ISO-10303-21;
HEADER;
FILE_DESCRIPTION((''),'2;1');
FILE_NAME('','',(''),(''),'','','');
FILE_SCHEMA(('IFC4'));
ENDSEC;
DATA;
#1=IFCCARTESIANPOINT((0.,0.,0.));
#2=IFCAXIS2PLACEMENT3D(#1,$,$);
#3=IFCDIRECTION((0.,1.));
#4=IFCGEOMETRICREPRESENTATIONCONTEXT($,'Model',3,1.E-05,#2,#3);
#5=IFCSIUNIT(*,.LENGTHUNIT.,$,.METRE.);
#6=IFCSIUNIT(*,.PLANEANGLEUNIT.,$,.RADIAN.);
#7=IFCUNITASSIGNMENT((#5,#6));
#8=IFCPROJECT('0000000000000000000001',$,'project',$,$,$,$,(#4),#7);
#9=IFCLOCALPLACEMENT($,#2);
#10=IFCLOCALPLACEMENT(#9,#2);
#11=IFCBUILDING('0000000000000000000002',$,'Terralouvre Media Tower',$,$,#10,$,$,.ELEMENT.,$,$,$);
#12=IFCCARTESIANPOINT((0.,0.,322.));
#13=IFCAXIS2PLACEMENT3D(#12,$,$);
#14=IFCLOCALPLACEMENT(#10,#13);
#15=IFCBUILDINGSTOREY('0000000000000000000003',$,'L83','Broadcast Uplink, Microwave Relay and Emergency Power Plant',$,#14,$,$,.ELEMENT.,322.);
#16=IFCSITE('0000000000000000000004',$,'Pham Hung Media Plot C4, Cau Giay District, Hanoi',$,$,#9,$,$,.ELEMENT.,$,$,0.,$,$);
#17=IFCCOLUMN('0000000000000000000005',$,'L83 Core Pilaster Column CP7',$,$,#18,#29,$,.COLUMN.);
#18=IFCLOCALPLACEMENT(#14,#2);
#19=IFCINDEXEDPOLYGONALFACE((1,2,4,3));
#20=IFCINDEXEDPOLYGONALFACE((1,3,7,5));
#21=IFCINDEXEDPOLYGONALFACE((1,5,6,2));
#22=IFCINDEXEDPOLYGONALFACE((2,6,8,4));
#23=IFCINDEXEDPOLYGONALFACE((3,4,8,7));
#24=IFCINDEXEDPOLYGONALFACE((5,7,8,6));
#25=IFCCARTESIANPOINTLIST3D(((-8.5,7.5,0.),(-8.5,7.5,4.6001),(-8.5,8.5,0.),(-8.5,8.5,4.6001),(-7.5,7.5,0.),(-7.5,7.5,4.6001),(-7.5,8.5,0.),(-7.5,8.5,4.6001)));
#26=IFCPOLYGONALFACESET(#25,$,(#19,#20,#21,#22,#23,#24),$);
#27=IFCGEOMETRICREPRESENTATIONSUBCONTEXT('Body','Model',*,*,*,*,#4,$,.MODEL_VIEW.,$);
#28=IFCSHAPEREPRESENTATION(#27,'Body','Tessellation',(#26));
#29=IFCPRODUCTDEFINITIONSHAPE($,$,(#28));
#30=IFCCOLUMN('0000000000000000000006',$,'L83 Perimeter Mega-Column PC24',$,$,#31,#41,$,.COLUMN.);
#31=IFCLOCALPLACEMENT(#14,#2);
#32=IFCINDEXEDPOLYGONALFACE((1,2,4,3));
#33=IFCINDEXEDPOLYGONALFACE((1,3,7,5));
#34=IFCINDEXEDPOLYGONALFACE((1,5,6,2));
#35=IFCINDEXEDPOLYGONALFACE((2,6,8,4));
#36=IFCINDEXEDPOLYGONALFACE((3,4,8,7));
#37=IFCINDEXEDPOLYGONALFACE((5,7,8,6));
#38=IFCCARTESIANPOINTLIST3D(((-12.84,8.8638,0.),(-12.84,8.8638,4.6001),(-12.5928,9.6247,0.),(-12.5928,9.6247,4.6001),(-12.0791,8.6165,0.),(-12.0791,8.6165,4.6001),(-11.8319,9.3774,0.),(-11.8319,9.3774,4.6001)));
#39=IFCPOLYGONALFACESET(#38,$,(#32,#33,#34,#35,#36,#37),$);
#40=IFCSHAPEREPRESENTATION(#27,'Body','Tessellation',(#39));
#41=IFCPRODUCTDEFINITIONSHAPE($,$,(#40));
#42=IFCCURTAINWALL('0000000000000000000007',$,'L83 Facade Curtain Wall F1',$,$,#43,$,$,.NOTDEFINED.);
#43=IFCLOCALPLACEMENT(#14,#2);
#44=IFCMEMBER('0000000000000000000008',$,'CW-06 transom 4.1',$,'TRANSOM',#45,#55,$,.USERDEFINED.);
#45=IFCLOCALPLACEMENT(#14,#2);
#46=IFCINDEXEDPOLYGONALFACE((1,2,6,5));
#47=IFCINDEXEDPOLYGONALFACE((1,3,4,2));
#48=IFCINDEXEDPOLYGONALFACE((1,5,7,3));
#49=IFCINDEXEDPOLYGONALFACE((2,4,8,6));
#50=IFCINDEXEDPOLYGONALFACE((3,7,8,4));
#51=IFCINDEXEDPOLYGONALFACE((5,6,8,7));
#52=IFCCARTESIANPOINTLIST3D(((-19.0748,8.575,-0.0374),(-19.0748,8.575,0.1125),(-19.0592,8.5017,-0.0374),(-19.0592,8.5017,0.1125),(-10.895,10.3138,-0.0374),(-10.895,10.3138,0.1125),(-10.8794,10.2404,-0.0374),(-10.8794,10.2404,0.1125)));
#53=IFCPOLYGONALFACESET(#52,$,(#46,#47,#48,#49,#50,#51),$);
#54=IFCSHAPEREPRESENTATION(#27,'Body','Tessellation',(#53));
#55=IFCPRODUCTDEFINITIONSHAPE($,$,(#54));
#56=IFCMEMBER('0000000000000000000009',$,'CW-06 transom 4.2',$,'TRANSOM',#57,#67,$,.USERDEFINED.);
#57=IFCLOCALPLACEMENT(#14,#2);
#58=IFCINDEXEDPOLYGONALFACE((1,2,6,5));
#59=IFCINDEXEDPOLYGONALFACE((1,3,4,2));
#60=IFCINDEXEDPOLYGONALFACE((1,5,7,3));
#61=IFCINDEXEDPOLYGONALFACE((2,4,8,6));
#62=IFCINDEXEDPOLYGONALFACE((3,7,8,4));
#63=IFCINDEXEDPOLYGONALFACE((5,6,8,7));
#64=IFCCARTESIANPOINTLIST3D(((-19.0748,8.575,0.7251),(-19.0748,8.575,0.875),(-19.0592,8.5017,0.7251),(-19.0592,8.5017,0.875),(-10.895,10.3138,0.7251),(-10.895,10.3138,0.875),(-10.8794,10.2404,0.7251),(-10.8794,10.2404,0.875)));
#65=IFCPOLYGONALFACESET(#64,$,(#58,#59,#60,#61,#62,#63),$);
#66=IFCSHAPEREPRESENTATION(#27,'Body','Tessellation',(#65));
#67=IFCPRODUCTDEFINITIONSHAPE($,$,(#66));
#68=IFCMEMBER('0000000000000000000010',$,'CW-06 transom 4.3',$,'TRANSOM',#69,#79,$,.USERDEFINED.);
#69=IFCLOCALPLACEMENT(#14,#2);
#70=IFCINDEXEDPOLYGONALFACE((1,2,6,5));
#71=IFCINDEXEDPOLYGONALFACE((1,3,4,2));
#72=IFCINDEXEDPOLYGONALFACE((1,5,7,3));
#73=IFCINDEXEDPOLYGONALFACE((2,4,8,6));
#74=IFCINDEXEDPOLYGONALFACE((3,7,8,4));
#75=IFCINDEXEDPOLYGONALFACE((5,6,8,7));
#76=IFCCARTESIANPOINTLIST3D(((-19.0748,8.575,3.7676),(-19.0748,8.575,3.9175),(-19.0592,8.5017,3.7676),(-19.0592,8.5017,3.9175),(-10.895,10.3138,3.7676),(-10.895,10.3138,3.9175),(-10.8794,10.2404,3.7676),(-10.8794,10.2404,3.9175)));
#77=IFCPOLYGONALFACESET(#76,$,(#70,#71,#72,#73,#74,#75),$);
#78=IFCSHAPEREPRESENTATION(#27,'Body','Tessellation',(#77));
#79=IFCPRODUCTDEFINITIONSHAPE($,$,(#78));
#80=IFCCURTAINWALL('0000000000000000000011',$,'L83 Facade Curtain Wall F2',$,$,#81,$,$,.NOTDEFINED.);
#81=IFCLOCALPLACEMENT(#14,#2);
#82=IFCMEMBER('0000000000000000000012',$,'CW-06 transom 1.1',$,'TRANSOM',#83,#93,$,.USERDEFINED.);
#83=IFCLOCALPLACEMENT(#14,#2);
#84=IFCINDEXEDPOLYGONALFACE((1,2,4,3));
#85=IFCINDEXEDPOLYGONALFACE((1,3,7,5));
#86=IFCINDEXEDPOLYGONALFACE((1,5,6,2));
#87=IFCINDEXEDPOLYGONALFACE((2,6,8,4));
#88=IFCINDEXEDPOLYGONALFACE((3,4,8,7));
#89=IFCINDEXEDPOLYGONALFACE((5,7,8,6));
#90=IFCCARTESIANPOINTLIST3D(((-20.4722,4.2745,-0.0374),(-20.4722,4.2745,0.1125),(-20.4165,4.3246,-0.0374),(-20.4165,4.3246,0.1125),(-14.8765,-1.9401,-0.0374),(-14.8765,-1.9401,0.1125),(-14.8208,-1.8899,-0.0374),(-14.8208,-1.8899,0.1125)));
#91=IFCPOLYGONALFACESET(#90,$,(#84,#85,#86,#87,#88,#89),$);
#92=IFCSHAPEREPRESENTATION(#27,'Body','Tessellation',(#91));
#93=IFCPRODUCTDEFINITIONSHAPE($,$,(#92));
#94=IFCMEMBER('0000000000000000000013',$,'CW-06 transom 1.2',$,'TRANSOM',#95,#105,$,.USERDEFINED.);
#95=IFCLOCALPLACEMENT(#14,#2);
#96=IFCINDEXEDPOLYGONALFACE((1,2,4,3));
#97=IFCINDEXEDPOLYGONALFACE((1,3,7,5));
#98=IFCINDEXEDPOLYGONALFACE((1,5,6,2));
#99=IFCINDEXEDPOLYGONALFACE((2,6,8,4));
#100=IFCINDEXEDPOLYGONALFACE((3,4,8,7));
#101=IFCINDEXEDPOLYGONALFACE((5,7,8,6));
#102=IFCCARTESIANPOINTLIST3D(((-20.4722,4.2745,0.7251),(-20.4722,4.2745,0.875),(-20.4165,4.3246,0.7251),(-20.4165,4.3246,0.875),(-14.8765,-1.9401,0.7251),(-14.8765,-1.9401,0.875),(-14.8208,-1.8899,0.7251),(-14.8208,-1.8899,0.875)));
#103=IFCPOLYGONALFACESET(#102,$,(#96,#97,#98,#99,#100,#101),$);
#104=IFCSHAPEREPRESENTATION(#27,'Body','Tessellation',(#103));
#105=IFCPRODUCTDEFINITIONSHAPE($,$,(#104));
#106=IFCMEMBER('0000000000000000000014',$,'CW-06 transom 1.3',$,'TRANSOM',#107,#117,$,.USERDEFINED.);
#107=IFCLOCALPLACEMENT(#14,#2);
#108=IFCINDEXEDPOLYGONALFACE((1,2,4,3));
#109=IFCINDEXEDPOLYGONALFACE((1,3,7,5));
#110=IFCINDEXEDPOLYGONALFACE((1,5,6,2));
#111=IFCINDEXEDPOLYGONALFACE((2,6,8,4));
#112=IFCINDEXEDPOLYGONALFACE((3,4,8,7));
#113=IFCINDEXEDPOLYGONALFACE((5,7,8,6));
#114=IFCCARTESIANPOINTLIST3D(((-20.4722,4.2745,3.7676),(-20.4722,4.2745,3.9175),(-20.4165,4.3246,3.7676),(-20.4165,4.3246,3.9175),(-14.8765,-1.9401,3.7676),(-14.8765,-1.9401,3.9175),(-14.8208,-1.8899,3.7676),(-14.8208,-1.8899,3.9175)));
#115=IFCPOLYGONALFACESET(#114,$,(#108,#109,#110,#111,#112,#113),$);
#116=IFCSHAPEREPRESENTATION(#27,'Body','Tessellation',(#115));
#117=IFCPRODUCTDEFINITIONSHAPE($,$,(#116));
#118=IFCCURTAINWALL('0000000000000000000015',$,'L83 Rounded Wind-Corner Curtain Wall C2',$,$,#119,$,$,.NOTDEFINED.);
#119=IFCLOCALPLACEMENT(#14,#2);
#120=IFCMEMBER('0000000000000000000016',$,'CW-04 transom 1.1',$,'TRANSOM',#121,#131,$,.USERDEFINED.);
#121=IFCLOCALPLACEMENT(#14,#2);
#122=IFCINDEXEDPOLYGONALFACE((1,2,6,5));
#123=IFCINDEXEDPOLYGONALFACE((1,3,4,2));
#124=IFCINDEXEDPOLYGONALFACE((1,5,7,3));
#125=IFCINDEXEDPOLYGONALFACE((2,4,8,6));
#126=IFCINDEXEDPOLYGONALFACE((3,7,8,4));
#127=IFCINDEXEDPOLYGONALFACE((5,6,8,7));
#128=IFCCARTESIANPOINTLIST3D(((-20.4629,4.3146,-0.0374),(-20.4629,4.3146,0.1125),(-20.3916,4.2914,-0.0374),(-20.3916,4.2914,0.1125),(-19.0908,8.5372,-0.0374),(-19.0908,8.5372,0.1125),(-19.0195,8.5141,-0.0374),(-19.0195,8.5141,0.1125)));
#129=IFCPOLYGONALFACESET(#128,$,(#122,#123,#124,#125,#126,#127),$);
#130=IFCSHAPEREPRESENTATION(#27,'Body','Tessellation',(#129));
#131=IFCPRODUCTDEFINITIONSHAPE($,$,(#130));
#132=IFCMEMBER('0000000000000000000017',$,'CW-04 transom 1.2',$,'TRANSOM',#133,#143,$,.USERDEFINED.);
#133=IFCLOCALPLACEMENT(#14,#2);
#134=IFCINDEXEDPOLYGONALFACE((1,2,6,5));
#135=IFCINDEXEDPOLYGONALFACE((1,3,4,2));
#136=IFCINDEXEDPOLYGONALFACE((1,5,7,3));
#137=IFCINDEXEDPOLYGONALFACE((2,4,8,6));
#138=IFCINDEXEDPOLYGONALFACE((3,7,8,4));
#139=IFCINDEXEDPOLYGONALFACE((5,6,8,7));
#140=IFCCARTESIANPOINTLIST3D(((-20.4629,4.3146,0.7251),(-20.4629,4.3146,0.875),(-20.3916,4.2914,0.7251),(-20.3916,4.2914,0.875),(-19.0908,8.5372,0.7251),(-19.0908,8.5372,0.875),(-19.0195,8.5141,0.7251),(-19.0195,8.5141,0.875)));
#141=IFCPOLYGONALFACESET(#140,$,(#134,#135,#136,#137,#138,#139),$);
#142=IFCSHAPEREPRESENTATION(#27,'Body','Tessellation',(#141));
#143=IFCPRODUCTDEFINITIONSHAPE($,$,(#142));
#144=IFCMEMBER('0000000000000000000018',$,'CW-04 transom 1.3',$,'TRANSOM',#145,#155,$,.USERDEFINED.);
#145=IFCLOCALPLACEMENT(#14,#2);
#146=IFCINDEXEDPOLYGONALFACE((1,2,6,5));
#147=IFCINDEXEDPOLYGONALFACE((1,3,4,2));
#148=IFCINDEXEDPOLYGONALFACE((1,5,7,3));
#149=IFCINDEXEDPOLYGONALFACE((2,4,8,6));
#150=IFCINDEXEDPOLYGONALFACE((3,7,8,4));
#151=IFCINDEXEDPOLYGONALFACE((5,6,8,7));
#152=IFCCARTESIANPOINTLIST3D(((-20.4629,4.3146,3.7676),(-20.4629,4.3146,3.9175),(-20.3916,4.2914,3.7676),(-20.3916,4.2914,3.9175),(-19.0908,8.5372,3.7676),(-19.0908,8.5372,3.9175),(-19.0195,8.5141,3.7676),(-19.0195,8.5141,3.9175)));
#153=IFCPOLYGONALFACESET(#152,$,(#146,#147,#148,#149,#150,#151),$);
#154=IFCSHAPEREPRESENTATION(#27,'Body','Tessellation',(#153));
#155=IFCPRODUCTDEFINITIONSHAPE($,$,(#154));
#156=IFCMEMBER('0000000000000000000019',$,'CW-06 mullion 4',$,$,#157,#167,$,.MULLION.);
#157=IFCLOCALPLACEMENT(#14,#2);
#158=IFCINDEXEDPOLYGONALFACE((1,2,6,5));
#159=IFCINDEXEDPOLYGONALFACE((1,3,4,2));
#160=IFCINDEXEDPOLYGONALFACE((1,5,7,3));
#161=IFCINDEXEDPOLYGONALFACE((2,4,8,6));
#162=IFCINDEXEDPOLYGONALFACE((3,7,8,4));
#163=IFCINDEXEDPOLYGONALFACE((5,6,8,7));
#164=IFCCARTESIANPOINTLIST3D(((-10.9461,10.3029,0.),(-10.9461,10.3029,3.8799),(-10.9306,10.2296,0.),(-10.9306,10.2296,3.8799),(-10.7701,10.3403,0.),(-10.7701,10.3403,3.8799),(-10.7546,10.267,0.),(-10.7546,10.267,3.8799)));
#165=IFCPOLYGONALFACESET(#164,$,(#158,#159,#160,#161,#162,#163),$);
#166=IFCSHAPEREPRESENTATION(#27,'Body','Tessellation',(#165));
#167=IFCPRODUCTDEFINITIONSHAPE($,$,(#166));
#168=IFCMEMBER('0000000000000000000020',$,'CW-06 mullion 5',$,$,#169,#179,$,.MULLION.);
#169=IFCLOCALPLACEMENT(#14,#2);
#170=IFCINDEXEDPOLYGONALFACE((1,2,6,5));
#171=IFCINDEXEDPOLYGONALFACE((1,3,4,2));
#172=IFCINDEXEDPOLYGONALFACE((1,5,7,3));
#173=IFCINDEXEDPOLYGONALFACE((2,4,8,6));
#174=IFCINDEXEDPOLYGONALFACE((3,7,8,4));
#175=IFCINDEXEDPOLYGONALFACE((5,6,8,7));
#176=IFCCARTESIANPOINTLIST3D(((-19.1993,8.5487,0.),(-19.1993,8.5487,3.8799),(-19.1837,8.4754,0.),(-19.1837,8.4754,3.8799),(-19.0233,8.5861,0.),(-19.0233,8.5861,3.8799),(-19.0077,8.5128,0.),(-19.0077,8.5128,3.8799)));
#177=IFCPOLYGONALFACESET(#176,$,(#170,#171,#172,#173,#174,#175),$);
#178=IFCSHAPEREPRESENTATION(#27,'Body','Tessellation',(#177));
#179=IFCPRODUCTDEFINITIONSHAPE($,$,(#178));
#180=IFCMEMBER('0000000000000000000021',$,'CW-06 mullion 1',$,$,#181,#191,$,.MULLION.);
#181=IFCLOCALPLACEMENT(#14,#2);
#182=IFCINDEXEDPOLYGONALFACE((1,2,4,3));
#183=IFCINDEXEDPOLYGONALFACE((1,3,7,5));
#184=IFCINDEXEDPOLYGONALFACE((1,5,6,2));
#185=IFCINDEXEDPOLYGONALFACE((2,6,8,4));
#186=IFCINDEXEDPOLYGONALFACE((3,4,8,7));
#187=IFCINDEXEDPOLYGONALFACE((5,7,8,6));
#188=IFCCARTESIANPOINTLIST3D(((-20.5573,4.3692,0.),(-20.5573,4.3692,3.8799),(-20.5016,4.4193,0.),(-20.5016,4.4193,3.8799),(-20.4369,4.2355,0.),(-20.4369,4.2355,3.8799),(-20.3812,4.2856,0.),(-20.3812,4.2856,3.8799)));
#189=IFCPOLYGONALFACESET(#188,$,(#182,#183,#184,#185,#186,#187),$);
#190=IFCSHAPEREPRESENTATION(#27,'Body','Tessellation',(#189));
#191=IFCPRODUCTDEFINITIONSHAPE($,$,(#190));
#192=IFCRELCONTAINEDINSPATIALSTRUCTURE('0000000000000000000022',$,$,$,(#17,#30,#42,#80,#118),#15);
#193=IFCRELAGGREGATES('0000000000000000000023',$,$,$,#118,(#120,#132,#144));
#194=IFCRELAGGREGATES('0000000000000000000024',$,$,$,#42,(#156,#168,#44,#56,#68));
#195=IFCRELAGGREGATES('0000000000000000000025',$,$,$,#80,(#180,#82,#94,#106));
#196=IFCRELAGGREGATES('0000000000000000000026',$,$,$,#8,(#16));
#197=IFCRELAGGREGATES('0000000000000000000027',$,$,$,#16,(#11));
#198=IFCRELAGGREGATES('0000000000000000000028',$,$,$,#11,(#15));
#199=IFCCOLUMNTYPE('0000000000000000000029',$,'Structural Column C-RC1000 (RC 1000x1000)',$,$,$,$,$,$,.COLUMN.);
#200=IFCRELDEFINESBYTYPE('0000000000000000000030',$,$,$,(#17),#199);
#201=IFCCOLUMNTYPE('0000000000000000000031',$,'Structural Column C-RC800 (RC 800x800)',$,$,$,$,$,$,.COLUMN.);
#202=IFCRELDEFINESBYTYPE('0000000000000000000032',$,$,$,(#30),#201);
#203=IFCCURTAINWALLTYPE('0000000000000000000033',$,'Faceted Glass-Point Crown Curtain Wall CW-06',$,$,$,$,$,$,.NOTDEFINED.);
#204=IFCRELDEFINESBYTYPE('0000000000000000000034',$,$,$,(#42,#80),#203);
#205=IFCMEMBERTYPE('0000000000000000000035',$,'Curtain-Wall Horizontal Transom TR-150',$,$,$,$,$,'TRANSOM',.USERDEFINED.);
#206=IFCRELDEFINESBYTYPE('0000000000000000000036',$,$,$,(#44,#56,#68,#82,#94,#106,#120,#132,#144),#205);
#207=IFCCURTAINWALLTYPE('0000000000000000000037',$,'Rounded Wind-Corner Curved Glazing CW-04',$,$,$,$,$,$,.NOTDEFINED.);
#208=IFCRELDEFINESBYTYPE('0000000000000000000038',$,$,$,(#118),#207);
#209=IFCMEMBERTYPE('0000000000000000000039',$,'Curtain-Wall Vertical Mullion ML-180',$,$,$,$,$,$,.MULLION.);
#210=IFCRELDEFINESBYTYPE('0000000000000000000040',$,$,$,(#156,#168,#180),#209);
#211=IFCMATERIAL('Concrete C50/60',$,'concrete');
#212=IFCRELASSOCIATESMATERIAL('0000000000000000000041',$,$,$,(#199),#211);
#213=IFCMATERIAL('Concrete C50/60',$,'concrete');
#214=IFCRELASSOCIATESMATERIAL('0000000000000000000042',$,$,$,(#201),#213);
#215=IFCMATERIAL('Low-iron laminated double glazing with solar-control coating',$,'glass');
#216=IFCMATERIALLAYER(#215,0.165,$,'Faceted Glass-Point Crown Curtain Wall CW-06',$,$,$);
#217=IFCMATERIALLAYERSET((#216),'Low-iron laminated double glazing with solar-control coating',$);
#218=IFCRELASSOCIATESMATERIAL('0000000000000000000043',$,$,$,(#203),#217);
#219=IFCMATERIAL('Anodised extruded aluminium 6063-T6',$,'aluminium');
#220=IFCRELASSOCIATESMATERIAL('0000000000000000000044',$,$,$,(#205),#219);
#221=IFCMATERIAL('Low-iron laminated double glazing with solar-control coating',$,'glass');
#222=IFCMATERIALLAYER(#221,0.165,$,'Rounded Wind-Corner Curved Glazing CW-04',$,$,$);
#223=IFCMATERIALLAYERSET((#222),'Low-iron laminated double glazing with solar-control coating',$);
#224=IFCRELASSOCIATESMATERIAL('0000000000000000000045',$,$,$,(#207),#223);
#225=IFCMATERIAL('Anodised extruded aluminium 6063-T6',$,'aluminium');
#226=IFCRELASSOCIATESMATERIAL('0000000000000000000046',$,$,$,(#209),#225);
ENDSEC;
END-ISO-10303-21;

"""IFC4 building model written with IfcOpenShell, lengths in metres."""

from ifc_helpers import new_model, si_unit, direction, frame, origin, origin_2d, place, context, subcontext, project, spatial, rectangle, extrude, material, layer, layer_set, material_profile, profile_set, type_object, element, aggregate, save


model = new_model("IFC4")

# Units and contexts
model_context = context("Model", 3, precision=1e-05, world=origin(), true_north=direction((0.0, 1.0)))
body_context = subcontext(model_context, "Body", "Model", "MODEL_VIEW")
ifc_project = project(units=[si_unit("LENGTHUNIT", "METRE"), si_unit("PLANEANGLEUNIT", "RADIAN")], contexts=[model_context])

# Site, building, storey
site_placement = place(None, origin())
site = spatial("IfcSite", under=ifc_project, at=site_placement, Name="Pham Hung Media Plot C4, Cau Giay District, Hanoi", CompositionType="ELEMENT", RefElevation=0.0)
building_placement = place(site_placement, origin())
building = spatial("IfcBuilding", under=site, at=building_placement, Name="Terralouvre Media Tower", CompositionType="ELEMENT")
storey_placement = place(building_placement, frame((0.0, 0.0, 322.0)))
storey = spatial("IfcBuildingStorey", under=building, at=storey_placement, Name="L83", Description="Broadcast Uplink, Microwave Relay and Emergency Power Plant", CompositionType="ELEMENT", Elevation=322.0)

# Columns
ifc_material_1 = material(Name="Concrete C50/60", Category="concrete")
ifc_material_profile_1 = material_profile(ifc_material_1, rectangle(XDim=1.0, YDim=1.0, at=origin_2d()), Name="RC 1000x1000")
ifc_profile_set_1 = profile_set([ifc_material_profile_1], Name="Concrete C50/60")
column_type_1 = type_object("IfcColumnType", Name="Structural Column C-RC1000 (RC 1000x1000)", PredefinedType="COLUMN", material=ifc_profile_set_1)
column_1_placement = place(storey_placement, frame((-8.0, 8.0, 0.0), z_axis=(0.0, 0.0, 1.0), x_axis=(1.0, 0.0, 0.0)))
element("IfcColumn", 1, at=column_1_placement, inside=storey, type_object=column_type_1, Name="L83 Core Pilaster Column CP7", PredefinedType="COLUMN", context=body_context, shape_type="SweptSolid", body=[
    extrude(rectangle(XDim=1.0, YDim=1.0, at=origin_2d()), origin(), (0.0, 0.0, 1.0), 4.6001),
])
ifc_material_2 = material(Name="Concrete C50/60", Category="concrete")
ifc_material_profile_2 = material_profile(ifc_material_2, rectangle(XDim=0.8, YDim=0.8, at=origin_2d()), Name="RC 800x800")
ifc_profile_set_2 = profile_set([ifc_material_profile_2], Name="Concrete C50/60")
column_type_2 = type_object("IfcColumnType", Name="Structural Column C-RC800 (RC 800x800)", PredefinedType="COLUMN", material=ifc_profile_set_2)
column_2_placement = place(storey_placement, frame((-12.3359, 9.1206, 0.0), z_axis=(0.0, 0.0, 1.0), x_axis=(0.309017, 0.951057, 0.0)))
element("IfcColumn", 2, at=column_2_placement, inside=storey, type_object=column_type_2, Name="L83 Perimeter Mega-Column PC24", PredefinedType="COLUMN", context=body_context, shape_type="SweptSolid", body=[
    extrude(rectangle(XDim=0.8, YDim=0.8, at=origin_2d()), origin(), (0.0, 0.0, 1.0), 4.6001),
])

# Curtain walls, members
ifc_material_3 = material(Name="Low-iron laminated double glazing with solar-control coating", Category="glass")
ifc_layer_1 = layer(ifc_material_3, 0.165, Name="Faceted Glass-Point Crown Curtain Wall CW-06")
ifc_layer_set_1 = layer_set([ifc_layer_1], Name="Low-iron laminated double glazing with solar-control coating")
curtain_wall_type_1 = type_object("IfcCurtainWallType", Name="Faceted Glass-Point Crown Curtain Wall CW-06", PredefinedType="NOTDEFINED", material=ifc_layer_set_1)
curtain_wall_1_placement = place(storey_placement, origin())
curtain_wall_1 = element("IfcCurtainWall", 3, at=curtain_wall_1_placement, inside=storey, type_object=curtain_wall_type_1, Name="L83 Facade Curtain Wall F1", PredefinedType="NOTDEFINED")
ifc_material_4 = material(Name="Anodised extruded aluminium 6063-T6", Category="aluminium")
ifc_material_profile_3 = material_profile(ifc_material_4, rectangle(XDim=0.075, YDim=0.1499, at=origin_2d()), Name="ALU 75x150")
ifc_profile_set_3 = profile_set([ifc_material_profile_3], Name="Anodised extruded aluminium 6063-T6")
member_type_1 = type_object("IfcMemberType", Name="Curtain-Wall Horizontal Transom TR-150", ElementType="TRANSOM", PredefinedType="USERDEFINED", material=ifc_profile_set_3)
member_1_placement = place(storey_placement, frame((-10.8872, 10.2771, 0.0376), z_axis=(-0.978145, -0.207926, 0.0), x_axis=(0.207926, -0.978145, 0.0)))
member_1 = element("IfcMember", 4, at=member_1_placement, type_object=member_type_1, Name="CW-06 transom 4.1", ObjectType="TRANSOM", PredefinedType="USERDEFINED", context=body_context, shape_type="SweptSolid", body=[
    extrude(rectangle(XDim=0.075, YDim=0.1499, at=origin_2d()), origin(), (0.0, 0.0, 1.0), 8.3625),
])
member_2_placement = place(storey_placement, frame((-10.8872, 10.2771, 0.8), z_axis=(-0.978145, -0.207926, 0.0), x_axis=(0.207926, -0.978145, 0.0)))
member_2 = element("IfcMember", 5, at=member_2_placement, type_object=member_type_1, Name="CW-06 transom 4.2", ObjectType="TRANSOM", PredefinedType="USERDEFINED", context=body_context, shape_type="SweptSolid", body=[
    extrude(rectangle(XDim=0.075, YDim=0.1499, at=origin_2d()), origin(), (0.0, 0.0, 1.0), 8.3625),
])
member_3_placement = place(storey_placement, frame((-10.8872, 10.2771, 3.8425), z_axis=(-0.978145, -0.207926, 0.0), x_axis=(0.207926, -0.978145, 0.0)))
member_3 = element("IfcMember", 6, at=member_3_placement, type_object=member_type_1, Name="CW-06 transom 4.3", ObjectType="TRANSOM", PredefinedType="USERDEFINED", context=body_context, shape_type="SweptSolid", body=[
    extrude(rectangle(XDim=0.075, YDim=0.1499, at=origin_2d()), origin(), (0.0, 0.0, 1.0), 8.3625),
])
curtain_wall_2_placement = place(storey_placement, origin())
curtain_wall_2 = element("IfcCurtainWall", 7, at=curtain_wall_2_placement, inside=storey, type_object=curtain_wall_type_1, Name="L83 Facade Curtain Wall F2", PredefinedType="NOTDEFINED")
member_4_placement = place(storey_placement, frame((-20.4443, 4.2996, 0.0376), z_axis=(0.669134, -0.743142, 0.0), x_axis=(0.743142, 0.669134, 0.0)))
member_4 = element("IfcMember", 8, at=member_4_placement, type_object=member_type_1, Name="CW-06 transom 1.1", ObjectType="TRANSOM", PredefinedType="USERDEFINED", context=body_context, shape_type="SweptSolid", body=[
    extrude(rectangle(XDim=0.075, YDim=0.1499, at=origin_2d()), origin(), (0.0, 0.0, 1.0), 8.3625),
])
member_5_placement = place(storey_placement, frame((-20.4443, 4.2996, 0.8), z_axis=(0.669134, -0.743142, 0.0), x_axis=(0.743142, 0.669134, 0.0)))
member_5 = element("IfcMember", 9, at=member_5_placement, type_object=member_type_1, Name="CW-06 transom 1.2", ObjectType="TRANSOM", PredefinedType="USERDEFINED", context=body_context, shape_type="SweptSolid", body=[
    extrude(rectangle(XDim=0.075, YDim=0.1499, at=origin_2d()), origin(), (0.0, 0.0, 1.0), 8.3625),
])
member_6_placement = place(storey_placement, frame((-20.4443, 4.2996, 3.8425), z_axis=(0.669134, -0.743142, 0.0), x_axis=(0.743142, 0.669134, 0.0)))
member_6 = element("IfcMember", 10, at=member_6_placement, type_object=member_type_1, Name="CW-06 transom 1.3", ObjectType="TRANSOM", PredefinedType="USERDEFINED", context=body_context, shape_type="SweptSolid", body=[
    extrude(rectangle(XDim=0.075, YDim=0.1499, at=origin_2d()), origin(), (0.0, 0.0, 1.0), 8.3625),
])
ifc_material_5 = material(Name="Low-iron laminated double glazing with solar-control coating", Category="glass")
ifc_layer_2 = layer(ifc_material_5, 0.165, Name="Rounded Wind-Corner Curved Glazing CW-04")
ifc_layer_set_2 = layer_set([ifc_layer_2], Name="Low-iron laminated double glazing with solar-control coating")
curtain_wall_type_2 = type_object("IfcCurtainWallType", Name="Rounded Wind-Corner Curved Glazing CW-04", PredefinedType="NOTDEFINED", material=ifc_layer_set_2)
curtain_wall_3_placement = place(storey_placement, origin())
curtain_wall_3 = element("IfcCurtainWall", 11, at=curtain_wall_3_placement, inside=storey, type_object=curtain_wall_type_2, Name="L83 Rounded Wind-Corner Curtain Wall C2", PredefinedType="NOTDEFINED")
member_7_placement = place(storey_placement, frame((-19.0552, 8.5256, 0.0376), z_axis=(-0.309026, -0.951053, 0.0), x_axis=(0.951053, -0.309026, 0.0)))
member_7 = element("IfcMember", 12, at=member_7_placement, type_object=member_type_1, Name="CW-04 transom 1.1", ObjectType="TRANSOM", PredefinedType="USERDEFINED", context=body_context, shape_type="SweptSolid", body=[
    extrude(rectangle(XDim=0.075, YDim=0.1499, at=origin_2d()), origin(), (0.0, 0.0, 1.0), 4.4399),
])
member_8_placement = place(storey_placement, frame((-19.0552, 8.5256, 0.8), z_axis=(-0.309026, -0.951053, 0.0), x_axis=(0.951053, -0.309026, 0.0)))
member_8 = element("IfcMember", 13, at=member_8_placement, type_object=member_type_1, Name="CW-04 transom 1.2", ObjectType="TRANSOM", PredefinedType="USERDEFINED", context=body_context, shape_type="SweptSolid", body=[
    extrude(rectangle(XDim=0.075, YDim=0.1499, at=origin_2d()), origin(), (0.0, 0.0, 1.0), 4.4399),
])
member_9_placement = place(storey_placement, frame((-19.0552, 8.5256, 3.8425), z_axis=(-0.309026, -0.951053, 0.0), x_axis=(0.951053, -0.309026, 0.0)))
member_9 = element("IfcMember", 14, at=member_9_placement, type_object=member_type_1, Name="CW-04 transom 1.3", ObjectType="TRANSOM", PredefinedType="USERDEFINED", context=body_context, shape_type="SweptSolid", body=[
    extrude(rectangle(XDim=0.075, YDim=0.1499, at=origin_2d()), origin(), (0.0, 0.0, 1.0), 4.4399),
])

# Members
ifc_material_6 = material(Name="Anodised extruded aluminium 6063-T6", Category="aluminium")
ifc_material_profile_4 = material_profile(ifc_material_6, rectangle(XDim=0.075, YDim=0.1799, at=origin_2d()), Name="ALU 75x180")
ifc_profile_set_4 = profile_set([ifc_material_profile_4], Name="Anodised extruded aluminium 6063-T6")
member_type_2 = type_object("IfcMemberType", Name="Curtain-Wall Vertical Mullion ML-180", PredefinedType="MULLION", material=ifc_profile_set_4)
member_10_placement = place(storey_placement, frame((-10.8503, 10.2849, 0.0), z_axis=(0.0, 0.0, 1.0), x_axis=(0.207912, -0.978148, 0.0)))
member_10 = element("IfcMember", 15, at=member_10_placement, type_object=member_type_2, Name="CW-06 mullion 4", PredefinedType="MULLION", context=body_context, shape_type="SweptSolid", body=[
    extrude(rectangle(XDim=0.075, YDim=0.1799, at=origin_2d()), origin(), (0.0, 0.0, 1.0), 3.8799),
])
member_11_placement = place(storey_placement, frame((-19.1035, 8.5308, 0.0), z_axis=(0.0, 0.0, 1.0), x_axis=(0.207912, -0.978148, 0.0)))
member_11 = element("IfcMember", 16, at=member_11_placement, type_object=member_type_2, Name="CW-06 mullion 5", PredefinedType="MULLION", context=body_context, shape_type="SweptSolid", body=[
    extrude(rectangle(XDim=0.075, YDim=0.1799, at=origin_2d()), origin(), (0.0, 0.0, 1.0), 3.8799),
])
member_12_placement = place(storey_placement, frame((-20.4692, 4.3274, 0.0), z_axis=(0.0, 0.0, 1.0), x_axis=(0.743145, 0.669131, 0.0)))
member_12 = element("IfcMember", 17, at=member_12_placement, type_object=member_type_2, Name="CW-06 mullion 1", PredefinedType="MULLION", context=body_context, shape_type="SweptSolid", body=[
    extrude(rectangle(XDim=0.075, YDim=0.1799, at=origin_2d()), origin(), (0.0, 0.0, 1.0), 3.8799),
])

aggregate(curtain_wall_3, [member_7, member_8, member_9])
aggregate(curtain_wall_1, [member_10, member_11, member_1, member_2, member_3])
aggregate(curtain_wall_2, [member_12, member_4, member_5, member_6])

save(model, "model.ifc")
